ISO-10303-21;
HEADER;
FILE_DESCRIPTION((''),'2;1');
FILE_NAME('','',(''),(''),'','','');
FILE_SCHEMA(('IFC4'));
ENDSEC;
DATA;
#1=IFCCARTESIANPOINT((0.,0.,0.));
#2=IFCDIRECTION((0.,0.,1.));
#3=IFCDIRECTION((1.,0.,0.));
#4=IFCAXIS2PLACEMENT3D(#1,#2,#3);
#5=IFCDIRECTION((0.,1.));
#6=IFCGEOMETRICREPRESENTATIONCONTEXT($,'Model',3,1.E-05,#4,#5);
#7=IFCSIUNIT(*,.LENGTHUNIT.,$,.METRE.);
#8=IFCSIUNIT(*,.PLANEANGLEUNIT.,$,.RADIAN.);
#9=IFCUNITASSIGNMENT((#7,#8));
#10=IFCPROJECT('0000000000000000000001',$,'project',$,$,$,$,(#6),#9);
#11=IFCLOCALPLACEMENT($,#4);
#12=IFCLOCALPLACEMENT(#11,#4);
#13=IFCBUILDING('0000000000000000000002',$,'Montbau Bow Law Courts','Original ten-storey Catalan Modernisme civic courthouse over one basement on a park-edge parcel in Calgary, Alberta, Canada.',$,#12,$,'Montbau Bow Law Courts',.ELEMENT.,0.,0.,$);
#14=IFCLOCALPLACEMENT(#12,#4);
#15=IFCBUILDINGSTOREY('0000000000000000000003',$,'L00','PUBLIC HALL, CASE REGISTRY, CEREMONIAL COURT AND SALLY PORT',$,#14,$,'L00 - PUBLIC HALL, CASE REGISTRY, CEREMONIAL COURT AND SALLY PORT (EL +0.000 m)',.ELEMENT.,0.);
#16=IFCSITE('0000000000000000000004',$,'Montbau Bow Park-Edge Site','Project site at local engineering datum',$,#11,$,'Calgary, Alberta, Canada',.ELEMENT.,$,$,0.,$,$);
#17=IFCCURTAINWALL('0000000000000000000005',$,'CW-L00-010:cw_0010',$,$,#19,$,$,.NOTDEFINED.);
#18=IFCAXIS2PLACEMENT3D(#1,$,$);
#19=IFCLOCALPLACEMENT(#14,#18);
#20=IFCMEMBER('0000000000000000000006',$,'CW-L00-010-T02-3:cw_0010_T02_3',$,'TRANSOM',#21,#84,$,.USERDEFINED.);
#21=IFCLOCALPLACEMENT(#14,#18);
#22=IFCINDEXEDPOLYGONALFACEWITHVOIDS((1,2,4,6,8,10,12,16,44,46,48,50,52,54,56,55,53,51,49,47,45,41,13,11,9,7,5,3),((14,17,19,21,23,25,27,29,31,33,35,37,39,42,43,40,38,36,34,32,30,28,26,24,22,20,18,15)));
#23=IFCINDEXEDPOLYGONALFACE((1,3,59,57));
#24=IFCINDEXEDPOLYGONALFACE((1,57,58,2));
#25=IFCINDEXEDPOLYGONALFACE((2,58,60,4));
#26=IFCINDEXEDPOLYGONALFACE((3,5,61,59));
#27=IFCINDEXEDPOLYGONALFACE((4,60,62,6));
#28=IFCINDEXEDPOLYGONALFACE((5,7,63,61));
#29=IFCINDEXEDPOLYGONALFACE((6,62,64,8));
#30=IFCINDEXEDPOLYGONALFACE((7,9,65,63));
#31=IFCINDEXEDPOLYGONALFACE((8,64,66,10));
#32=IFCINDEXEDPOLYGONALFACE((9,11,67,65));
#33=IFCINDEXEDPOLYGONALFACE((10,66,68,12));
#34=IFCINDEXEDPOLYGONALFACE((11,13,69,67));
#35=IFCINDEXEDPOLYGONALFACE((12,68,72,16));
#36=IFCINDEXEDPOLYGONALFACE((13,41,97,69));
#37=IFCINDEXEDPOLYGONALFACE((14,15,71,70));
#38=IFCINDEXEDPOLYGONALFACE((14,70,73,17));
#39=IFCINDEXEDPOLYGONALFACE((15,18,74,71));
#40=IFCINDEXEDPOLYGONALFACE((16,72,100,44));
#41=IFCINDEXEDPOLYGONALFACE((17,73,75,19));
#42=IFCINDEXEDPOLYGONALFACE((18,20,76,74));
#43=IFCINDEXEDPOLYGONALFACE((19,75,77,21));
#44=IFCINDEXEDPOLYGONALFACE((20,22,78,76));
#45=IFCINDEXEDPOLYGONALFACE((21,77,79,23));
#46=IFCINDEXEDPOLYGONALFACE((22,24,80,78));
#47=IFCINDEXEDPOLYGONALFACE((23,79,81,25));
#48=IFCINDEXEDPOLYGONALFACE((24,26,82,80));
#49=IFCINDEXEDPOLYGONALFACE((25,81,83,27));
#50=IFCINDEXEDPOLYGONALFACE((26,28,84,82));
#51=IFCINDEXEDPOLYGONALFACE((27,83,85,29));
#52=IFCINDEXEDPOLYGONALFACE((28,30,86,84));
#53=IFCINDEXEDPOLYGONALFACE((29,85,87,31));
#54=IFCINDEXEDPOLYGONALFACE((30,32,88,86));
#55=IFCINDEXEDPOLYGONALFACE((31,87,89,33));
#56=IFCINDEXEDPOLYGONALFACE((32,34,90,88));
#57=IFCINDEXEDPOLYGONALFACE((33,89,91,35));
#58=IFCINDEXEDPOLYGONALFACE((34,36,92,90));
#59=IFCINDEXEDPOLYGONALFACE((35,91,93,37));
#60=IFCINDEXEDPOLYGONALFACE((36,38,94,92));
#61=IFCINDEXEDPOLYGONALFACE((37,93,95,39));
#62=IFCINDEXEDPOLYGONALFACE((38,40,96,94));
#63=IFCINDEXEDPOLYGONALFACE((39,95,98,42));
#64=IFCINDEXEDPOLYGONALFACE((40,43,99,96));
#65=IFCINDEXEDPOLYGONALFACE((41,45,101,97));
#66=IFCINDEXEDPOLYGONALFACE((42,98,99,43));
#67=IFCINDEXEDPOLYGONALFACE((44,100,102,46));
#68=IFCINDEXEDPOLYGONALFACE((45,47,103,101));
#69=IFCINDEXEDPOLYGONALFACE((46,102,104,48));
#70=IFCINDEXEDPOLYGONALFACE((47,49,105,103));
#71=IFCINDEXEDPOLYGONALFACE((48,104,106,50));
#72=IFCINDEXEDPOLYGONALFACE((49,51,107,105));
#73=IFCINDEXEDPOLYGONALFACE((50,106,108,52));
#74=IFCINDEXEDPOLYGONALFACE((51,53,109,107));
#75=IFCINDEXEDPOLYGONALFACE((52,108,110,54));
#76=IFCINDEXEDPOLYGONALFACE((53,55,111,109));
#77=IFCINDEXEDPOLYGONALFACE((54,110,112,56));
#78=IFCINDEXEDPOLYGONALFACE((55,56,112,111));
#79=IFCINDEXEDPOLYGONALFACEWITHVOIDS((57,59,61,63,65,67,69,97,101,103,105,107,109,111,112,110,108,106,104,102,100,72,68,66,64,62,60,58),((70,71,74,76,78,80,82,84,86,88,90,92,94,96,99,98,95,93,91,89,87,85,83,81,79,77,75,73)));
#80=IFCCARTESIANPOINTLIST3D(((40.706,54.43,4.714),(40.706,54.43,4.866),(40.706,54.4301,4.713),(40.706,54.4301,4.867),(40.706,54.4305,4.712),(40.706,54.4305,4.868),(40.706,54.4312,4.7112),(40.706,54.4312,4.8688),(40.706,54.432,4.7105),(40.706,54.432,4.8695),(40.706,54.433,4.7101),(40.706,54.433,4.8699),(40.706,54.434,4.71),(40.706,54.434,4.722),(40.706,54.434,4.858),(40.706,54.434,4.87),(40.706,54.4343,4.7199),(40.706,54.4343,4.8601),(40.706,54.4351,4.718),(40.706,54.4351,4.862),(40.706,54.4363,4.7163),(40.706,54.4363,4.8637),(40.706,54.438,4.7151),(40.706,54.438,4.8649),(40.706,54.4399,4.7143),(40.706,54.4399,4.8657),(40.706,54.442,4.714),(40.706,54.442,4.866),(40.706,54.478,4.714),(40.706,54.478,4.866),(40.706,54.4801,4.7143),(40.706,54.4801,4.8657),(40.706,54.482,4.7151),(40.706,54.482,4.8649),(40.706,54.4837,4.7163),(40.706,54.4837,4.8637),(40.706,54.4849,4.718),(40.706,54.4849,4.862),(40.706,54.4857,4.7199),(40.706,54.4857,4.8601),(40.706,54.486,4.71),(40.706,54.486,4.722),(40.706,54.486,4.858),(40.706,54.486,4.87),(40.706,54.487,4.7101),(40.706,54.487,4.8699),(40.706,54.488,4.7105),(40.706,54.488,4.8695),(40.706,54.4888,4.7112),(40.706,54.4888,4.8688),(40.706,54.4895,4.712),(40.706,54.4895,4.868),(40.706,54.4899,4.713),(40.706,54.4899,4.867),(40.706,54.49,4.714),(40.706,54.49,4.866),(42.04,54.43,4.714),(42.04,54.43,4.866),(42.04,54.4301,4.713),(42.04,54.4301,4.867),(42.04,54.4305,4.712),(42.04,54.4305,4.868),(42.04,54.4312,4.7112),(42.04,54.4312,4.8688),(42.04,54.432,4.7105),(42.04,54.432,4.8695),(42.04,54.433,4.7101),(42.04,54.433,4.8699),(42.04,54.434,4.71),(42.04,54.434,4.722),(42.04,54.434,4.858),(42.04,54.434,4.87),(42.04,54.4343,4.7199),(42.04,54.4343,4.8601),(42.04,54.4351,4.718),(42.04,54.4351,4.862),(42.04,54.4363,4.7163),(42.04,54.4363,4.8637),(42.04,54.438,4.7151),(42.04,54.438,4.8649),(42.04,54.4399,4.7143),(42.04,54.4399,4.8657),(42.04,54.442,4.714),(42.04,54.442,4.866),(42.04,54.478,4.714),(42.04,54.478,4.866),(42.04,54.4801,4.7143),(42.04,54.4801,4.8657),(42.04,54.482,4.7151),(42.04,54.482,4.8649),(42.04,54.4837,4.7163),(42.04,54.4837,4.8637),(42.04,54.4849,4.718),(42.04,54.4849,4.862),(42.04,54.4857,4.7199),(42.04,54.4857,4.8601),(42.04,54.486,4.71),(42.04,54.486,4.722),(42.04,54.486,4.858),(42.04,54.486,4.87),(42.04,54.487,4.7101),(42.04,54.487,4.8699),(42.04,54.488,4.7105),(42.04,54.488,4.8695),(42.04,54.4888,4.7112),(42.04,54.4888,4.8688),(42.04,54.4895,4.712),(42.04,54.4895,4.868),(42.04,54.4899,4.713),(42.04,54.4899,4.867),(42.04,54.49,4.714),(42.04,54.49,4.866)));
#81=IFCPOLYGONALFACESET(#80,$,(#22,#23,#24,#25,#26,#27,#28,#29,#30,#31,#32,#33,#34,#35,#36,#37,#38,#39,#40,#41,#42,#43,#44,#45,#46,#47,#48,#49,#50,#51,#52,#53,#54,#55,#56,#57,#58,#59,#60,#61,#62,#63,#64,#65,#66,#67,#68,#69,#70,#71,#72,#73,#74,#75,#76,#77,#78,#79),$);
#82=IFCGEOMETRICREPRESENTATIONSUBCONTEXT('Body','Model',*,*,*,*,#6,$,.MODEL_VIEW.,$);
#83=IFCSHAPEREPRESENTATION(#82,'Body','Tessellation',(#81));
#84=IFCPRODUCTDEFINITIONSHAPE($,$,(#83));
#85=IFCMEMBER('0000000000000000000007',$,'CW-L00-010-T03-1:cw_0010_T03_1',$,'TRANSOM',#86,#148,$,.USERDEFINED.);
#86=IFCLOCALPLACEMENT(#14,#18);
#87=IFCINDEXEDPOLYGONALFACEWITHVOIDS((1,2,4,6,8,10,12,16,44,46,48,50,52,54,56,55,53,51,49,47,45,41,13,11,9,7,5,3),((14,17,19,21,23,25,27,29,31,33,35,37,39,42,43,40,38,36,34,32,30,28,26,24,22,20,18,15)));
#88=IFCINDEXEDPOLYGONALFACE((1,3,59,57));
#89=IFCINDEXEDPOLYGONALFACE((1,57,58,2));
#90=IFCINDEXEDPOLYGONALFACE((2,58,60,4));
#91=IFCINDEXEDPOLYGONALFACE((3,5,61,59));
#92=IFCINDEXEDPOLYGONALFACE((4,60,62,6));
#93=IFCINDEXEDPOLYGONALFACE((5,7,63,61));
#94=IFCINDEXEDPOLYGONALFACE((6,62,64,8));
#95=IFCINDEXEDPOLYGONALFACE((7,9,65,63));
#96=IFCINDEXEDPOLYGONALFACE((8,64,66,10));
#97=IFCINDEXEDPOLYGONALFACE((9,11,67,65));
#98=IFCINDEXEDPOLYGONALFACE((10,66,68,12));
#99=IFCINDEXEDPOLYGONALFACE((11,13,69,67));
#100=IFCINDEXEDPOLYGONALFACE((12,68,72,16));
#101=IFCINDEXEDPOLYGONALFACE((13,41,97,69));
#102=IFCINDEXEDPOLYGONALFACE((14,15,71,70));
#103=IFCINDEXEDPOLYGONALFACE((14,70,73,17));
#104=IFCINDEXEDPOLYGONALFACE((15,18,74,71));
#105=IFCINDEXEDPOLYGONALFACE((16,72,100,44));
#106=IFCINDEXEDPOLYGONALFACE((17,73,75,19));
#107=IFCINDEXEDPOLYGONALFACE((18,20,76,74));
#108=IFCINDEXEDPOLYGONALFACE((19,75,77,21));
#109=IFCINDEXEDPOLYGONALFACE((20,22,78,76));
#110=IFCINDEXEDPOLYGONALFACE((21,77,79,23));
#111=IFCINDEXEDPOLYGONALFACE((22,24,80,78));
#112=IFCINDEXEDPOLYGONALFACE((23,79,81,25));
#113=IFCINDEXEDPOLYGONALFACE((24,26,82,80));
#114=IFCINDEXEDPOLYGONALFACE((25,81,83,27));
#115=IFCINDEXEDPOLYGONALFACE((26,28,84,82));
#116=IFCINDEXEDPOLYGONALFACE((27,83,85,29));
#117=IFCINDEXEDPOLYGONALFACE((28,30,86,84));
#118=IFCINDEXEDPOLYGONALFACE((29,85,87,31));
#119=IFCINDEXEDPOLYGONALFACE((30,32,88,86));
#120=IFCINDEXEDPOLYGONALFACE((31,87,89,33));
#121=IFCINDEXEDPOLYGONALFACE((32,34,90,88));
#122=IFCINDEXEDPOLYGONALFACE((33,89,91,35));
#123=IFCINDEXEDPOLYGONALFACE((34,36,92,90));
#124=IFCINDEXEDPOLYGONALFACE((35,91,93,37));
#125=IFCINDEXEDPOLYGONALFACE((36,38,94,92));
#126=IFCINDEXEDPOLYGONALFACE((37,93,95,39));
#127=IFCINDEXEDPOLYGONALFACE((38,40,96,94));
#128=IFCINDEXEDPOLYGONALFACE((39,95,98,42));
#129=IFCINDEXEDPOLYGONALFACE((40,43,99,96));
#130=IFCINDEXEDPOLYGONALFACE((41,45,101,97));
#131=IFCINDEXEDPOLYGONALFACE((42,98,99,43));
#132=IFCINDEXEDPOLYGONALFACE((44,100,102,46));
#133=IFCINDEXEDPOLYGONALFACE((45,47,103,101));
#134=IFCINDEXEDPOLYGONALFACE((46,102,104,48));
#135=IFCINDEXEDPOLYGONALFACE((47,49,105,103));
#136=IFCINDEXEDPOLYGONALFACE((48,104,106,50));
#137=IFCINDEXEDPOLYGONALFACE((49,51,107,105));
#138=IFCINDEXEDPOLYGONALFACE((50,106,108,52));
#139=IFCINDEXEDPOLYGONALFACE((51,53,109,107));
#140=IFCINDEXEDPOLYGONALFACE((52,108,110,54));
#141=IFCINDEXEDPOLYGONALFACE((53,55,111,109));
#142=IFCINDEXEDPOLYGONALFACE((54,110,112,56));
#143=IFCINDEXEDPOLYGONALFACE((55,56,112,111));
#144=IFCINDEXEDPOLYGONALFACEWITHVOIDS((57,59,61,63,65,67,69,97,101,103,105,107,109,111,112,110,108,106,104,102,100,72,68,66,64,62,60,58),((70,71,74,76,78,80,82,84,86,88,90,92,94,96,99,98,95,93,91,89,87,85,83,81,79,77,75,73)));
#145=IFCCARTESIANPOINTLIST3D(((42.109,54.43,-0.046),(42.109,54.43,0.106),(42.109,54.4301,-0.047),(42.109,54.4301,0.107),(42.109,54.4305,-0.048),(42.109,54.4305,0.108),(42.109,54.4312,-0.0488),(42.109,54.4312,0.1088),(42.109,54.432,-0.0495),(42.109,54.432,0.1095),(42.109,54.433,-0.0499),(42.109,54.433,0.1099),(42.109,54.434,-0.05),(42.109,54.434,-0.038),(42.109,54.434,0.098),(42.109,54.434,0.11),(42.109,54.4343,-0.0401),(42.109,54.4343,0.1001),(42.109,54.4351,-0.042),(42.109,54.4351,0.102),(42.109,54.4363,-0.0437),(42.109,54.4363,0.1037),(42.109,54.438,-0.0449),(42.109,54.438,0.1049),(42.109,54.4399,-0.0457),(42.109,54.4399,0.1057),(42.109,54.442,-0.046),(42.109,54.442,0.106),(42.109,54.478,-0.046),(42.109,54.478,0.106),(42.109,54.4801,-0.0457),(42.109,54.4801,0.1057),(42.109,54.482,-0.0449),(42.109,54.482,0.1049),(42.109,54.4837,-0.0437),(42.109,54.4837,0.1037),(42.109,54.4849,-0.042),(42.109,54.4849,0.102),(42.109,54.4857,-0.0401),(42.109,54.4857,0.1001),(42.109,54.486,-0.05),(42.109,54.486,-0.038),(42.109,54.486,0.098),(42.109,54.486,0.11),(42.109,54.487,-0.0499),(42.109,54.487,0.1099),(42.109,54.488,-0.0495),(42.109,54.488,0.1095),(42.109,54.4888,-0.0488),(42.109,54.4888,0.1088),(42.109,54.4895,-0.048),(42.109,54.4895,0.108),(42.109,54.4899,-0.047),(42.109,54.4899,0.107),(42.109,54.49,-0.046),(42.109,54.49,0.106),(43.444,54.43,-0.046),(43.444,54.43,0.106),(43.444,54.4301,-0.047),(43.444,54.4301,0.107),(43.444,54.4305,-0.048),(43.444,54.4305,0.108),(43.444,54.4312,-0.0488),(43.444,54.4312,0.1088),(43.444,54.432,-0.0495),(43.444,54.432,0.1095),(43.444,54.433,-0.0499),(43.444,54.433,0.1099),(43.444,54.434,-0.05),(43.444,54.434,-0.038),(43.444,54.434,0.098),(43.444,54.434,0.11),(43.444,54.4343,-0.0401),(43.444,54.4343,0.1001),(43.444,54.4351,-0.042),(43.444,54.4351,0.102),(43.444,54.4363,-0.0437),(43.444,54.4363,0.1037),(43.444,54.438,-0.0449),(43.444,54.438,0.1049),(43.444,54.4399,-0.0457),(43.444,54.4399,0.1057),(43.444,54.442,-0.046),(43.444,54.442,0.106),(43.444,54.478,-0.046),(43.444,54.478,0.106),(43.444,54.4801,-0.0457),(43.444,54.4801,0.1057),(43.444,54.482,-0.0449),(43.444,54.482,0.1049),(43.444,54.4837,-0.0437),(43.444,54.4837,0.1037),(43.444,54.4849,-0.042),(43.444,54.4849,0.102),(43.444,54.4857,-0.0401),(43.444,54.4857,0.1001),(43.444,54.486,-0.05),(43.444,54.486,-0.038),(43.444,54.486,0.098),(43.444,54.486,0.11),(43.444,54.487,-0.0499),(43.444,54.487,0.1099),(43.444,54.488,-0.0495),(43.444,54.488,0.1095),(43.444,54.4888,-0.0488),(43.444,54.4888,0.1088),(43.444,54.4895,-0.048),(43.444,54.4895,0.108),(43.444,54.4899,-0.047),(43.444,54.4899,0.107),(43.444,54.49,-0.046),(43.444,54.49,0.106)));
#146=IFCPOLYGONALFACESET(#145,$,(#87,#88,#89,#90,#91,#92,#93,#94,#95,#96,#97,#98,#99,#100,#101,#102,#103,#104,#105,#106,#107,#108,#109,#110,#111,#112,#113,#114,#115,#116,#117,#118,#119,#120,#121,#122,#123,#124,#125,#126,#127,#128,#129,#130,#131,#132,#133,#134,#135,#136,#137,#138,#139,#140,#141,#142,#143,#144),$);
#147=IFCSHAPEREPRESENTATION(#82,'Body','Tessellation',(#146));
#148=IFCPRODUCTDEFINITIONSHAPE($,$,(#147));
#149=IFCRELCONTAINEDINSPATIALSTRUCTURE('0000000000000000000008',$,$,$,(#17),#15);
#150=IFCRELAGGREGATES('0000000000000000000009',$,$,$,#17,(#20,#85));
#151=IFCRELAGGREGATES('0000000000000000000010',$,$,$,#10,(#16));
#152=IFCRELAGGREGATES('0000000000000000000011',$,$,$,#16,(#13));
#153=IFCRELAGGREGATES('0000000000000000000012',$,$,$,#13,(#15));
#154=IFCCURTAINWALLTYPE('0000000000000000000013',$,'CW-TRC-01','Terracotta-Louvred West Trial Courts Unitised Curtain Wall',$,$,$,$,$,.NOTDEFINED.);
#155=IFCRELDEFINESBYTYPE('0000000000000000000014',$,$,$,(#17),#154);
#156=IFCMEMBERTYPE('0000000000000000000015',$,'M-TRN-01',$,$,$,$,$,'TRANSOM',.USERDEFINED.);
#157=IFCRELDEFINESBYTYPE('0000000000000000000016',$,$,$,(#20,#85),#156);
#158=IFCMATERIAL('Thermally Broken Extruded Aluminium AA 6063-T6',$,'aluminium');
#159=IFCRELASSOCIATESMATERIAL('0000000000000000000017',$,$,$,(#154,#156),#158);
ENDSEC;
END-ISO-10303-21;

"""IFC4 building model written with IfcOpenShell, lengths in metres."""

from ifc_helpers import new_model, si_unit, direction, frame, origin_with_axes, origin_2d_with_axis, place, context, subcontext, project, spatial, hollow_rectangle, extrude, material, material_profile, profile_set, type_object, element, aggregate, save


model = new_model("IFC4")

# Units and contexts
model_context = context("Model", 3, precision=1e-05, world=origin_with_axes(), true_north=direction((0.0, 1.0)))
body_context = subcontext(model_context, "Body", "Model", "MODEL_VIEW")
ifc_project = project(units=[si_unit("LENGTHUNIT", "METRE"), si_unit("PLANEANGLEUNIT", "RADIAN")], contexts=[model_context])

# Site, building, storey
site_placement = place(None, origin_with_axes())
site = spatial("IfcSite", under=ifc_project, at=site_placement, Name="Montbau Bow Park-Edge Site", Description="Project site at local engineering datum", LongName="Calgary, Alberta, Canada", CompositionType="ELEMENT", RefElevation=0.0)
building_placement = place(site_placement, origin_with_axes())
building = spatial("IfcBuilding", under=site, at=building_placement, Name="Montbau Bow Law Courts", Description="Original ten-storey Catalan Modernisme civic courthouse over one basement on a park-edge parcel in Calgary, Alberta, Canada.", LongName="Montbau Bow Law Courts", CompositionType="ELEMENT", ElevationOfRefHeight=0.0, ElevationOfTerrain=0.0)
storey_placement = place(building_placement, origin_with_axes())
storey = spatial("IfcBuildingStorey", under=building, at=storey_placement, Name="L00", Description="PUBLIC HALL, CASE REGISTRY, CEREMONIAL COURT AND SALLY PORT", LongName="L00 - PUBLIC HALL, CASE REGISTRY, CEREMONIAL COURT AND SALLY PORT (EL +0.000 m)", CompositionType="ELEMENT", Elevation=0.0)

# Curtain wall, members
ifc_material_1 = material(Name="Thermally Broken Extruded Aluminium AA 6063-T6", Category="aluminium")
curtain_wall_type = type_object("IfcCurtainWallType", Name="CW-TRC-01", Description="Terracotta-Louvred West Trial Courts Unitised Curtain Wall", PredefinedType="NOTDEFINED", material=ifc_material_1)
curtain_wall_1_placement = place(None, frame((39.268, 54.46, 0.0), z_axis=(0.0, 0.0, 1.0), x_axis=(1.0, 0.0, 0.0)))
curtain_wall_1 = element("IfcCurtainWall", 1, at=curtain_wall_1_placement, inside=storey, type_object=curtain_wall_type, Name="CW-L00-010:cw_0010", PredefinedType="NOTDEFINED")
ifc_material_profile_1 = material_profile(ifc_material_1, hollow_rectangle(XDim=0.06, YDim=0.16, WallThickness=0.004, InnerFilletRadius=0.008, OuterFilletRadius=0.004, at=origin_2d_with_axis()), Name="CWT-160X60", Category="Main", Priority=0)
ifc_profile_set_1 = profile_set([ifc_material_profile_1], Name="Thermally Broken Extruded Aluminium AA 6063-T6")
member_type_1 = type_object("IfcMemberType", Name="M-TRN-01", ElementType="TRANSOM", PredefinedType="USERDEFINED", material=ifc_profile_set_1)
member_1_placement = place(None, frame((40.706, 54.46, 4.79), z_axis=(1.0, 0.0, 0.0), x_axis=(0.0, 1.0, 0.0)))
member_1 = element("IfcMember", 2, at=member_1_placement, type_object=member_type_1, Name="CW-L00-010-T02-3:cw_0010_T02_3", ObjectType="TRANSOM", PredefinedType="USERDEFINED", context=body_context, shape_type="SweptSolid", body=[
    extrude(hollow_rectangle(XDim=0.06, YDim=0.16, WallThickness=0.004, InnerFilletRadius=0.008, OuterFilletRadius=0.004, at=origin_2d_with_axis()), origin_with_axes(), (0.0, 0.0, 1.0), 1.334),
])
member_2_placement = place(None, frame((42.109, 54.46, 0.03), z_axis=(1.0, 0.0, 0.0), x_axis=(0.0, 1.0, 0.0)))
member_2 = element("IfcMember", 3, at=member_2_placement, type_object=member_type_1, Name="CW-L00-010-T03-1:cw_0010_T03_1", ObjectType="TRANSOM", PredefinedType="USERDEFINED", context=body_context, shape_type="SweptSolid", body=[
    extrude(hollow_rectangle(XDim=0.06, YDim=0.16, WallThickness=0.004, InnerFilletRadius=0.008, OuterFilletRadius=0.004, at=origin_2d_with_axis()), origin_with_axes(), (0.0, 0.0, 1.0), 1.335),
])

aggregate(curtain_wall_1, [member_1, member_2])

save(model, "model.ifc")
